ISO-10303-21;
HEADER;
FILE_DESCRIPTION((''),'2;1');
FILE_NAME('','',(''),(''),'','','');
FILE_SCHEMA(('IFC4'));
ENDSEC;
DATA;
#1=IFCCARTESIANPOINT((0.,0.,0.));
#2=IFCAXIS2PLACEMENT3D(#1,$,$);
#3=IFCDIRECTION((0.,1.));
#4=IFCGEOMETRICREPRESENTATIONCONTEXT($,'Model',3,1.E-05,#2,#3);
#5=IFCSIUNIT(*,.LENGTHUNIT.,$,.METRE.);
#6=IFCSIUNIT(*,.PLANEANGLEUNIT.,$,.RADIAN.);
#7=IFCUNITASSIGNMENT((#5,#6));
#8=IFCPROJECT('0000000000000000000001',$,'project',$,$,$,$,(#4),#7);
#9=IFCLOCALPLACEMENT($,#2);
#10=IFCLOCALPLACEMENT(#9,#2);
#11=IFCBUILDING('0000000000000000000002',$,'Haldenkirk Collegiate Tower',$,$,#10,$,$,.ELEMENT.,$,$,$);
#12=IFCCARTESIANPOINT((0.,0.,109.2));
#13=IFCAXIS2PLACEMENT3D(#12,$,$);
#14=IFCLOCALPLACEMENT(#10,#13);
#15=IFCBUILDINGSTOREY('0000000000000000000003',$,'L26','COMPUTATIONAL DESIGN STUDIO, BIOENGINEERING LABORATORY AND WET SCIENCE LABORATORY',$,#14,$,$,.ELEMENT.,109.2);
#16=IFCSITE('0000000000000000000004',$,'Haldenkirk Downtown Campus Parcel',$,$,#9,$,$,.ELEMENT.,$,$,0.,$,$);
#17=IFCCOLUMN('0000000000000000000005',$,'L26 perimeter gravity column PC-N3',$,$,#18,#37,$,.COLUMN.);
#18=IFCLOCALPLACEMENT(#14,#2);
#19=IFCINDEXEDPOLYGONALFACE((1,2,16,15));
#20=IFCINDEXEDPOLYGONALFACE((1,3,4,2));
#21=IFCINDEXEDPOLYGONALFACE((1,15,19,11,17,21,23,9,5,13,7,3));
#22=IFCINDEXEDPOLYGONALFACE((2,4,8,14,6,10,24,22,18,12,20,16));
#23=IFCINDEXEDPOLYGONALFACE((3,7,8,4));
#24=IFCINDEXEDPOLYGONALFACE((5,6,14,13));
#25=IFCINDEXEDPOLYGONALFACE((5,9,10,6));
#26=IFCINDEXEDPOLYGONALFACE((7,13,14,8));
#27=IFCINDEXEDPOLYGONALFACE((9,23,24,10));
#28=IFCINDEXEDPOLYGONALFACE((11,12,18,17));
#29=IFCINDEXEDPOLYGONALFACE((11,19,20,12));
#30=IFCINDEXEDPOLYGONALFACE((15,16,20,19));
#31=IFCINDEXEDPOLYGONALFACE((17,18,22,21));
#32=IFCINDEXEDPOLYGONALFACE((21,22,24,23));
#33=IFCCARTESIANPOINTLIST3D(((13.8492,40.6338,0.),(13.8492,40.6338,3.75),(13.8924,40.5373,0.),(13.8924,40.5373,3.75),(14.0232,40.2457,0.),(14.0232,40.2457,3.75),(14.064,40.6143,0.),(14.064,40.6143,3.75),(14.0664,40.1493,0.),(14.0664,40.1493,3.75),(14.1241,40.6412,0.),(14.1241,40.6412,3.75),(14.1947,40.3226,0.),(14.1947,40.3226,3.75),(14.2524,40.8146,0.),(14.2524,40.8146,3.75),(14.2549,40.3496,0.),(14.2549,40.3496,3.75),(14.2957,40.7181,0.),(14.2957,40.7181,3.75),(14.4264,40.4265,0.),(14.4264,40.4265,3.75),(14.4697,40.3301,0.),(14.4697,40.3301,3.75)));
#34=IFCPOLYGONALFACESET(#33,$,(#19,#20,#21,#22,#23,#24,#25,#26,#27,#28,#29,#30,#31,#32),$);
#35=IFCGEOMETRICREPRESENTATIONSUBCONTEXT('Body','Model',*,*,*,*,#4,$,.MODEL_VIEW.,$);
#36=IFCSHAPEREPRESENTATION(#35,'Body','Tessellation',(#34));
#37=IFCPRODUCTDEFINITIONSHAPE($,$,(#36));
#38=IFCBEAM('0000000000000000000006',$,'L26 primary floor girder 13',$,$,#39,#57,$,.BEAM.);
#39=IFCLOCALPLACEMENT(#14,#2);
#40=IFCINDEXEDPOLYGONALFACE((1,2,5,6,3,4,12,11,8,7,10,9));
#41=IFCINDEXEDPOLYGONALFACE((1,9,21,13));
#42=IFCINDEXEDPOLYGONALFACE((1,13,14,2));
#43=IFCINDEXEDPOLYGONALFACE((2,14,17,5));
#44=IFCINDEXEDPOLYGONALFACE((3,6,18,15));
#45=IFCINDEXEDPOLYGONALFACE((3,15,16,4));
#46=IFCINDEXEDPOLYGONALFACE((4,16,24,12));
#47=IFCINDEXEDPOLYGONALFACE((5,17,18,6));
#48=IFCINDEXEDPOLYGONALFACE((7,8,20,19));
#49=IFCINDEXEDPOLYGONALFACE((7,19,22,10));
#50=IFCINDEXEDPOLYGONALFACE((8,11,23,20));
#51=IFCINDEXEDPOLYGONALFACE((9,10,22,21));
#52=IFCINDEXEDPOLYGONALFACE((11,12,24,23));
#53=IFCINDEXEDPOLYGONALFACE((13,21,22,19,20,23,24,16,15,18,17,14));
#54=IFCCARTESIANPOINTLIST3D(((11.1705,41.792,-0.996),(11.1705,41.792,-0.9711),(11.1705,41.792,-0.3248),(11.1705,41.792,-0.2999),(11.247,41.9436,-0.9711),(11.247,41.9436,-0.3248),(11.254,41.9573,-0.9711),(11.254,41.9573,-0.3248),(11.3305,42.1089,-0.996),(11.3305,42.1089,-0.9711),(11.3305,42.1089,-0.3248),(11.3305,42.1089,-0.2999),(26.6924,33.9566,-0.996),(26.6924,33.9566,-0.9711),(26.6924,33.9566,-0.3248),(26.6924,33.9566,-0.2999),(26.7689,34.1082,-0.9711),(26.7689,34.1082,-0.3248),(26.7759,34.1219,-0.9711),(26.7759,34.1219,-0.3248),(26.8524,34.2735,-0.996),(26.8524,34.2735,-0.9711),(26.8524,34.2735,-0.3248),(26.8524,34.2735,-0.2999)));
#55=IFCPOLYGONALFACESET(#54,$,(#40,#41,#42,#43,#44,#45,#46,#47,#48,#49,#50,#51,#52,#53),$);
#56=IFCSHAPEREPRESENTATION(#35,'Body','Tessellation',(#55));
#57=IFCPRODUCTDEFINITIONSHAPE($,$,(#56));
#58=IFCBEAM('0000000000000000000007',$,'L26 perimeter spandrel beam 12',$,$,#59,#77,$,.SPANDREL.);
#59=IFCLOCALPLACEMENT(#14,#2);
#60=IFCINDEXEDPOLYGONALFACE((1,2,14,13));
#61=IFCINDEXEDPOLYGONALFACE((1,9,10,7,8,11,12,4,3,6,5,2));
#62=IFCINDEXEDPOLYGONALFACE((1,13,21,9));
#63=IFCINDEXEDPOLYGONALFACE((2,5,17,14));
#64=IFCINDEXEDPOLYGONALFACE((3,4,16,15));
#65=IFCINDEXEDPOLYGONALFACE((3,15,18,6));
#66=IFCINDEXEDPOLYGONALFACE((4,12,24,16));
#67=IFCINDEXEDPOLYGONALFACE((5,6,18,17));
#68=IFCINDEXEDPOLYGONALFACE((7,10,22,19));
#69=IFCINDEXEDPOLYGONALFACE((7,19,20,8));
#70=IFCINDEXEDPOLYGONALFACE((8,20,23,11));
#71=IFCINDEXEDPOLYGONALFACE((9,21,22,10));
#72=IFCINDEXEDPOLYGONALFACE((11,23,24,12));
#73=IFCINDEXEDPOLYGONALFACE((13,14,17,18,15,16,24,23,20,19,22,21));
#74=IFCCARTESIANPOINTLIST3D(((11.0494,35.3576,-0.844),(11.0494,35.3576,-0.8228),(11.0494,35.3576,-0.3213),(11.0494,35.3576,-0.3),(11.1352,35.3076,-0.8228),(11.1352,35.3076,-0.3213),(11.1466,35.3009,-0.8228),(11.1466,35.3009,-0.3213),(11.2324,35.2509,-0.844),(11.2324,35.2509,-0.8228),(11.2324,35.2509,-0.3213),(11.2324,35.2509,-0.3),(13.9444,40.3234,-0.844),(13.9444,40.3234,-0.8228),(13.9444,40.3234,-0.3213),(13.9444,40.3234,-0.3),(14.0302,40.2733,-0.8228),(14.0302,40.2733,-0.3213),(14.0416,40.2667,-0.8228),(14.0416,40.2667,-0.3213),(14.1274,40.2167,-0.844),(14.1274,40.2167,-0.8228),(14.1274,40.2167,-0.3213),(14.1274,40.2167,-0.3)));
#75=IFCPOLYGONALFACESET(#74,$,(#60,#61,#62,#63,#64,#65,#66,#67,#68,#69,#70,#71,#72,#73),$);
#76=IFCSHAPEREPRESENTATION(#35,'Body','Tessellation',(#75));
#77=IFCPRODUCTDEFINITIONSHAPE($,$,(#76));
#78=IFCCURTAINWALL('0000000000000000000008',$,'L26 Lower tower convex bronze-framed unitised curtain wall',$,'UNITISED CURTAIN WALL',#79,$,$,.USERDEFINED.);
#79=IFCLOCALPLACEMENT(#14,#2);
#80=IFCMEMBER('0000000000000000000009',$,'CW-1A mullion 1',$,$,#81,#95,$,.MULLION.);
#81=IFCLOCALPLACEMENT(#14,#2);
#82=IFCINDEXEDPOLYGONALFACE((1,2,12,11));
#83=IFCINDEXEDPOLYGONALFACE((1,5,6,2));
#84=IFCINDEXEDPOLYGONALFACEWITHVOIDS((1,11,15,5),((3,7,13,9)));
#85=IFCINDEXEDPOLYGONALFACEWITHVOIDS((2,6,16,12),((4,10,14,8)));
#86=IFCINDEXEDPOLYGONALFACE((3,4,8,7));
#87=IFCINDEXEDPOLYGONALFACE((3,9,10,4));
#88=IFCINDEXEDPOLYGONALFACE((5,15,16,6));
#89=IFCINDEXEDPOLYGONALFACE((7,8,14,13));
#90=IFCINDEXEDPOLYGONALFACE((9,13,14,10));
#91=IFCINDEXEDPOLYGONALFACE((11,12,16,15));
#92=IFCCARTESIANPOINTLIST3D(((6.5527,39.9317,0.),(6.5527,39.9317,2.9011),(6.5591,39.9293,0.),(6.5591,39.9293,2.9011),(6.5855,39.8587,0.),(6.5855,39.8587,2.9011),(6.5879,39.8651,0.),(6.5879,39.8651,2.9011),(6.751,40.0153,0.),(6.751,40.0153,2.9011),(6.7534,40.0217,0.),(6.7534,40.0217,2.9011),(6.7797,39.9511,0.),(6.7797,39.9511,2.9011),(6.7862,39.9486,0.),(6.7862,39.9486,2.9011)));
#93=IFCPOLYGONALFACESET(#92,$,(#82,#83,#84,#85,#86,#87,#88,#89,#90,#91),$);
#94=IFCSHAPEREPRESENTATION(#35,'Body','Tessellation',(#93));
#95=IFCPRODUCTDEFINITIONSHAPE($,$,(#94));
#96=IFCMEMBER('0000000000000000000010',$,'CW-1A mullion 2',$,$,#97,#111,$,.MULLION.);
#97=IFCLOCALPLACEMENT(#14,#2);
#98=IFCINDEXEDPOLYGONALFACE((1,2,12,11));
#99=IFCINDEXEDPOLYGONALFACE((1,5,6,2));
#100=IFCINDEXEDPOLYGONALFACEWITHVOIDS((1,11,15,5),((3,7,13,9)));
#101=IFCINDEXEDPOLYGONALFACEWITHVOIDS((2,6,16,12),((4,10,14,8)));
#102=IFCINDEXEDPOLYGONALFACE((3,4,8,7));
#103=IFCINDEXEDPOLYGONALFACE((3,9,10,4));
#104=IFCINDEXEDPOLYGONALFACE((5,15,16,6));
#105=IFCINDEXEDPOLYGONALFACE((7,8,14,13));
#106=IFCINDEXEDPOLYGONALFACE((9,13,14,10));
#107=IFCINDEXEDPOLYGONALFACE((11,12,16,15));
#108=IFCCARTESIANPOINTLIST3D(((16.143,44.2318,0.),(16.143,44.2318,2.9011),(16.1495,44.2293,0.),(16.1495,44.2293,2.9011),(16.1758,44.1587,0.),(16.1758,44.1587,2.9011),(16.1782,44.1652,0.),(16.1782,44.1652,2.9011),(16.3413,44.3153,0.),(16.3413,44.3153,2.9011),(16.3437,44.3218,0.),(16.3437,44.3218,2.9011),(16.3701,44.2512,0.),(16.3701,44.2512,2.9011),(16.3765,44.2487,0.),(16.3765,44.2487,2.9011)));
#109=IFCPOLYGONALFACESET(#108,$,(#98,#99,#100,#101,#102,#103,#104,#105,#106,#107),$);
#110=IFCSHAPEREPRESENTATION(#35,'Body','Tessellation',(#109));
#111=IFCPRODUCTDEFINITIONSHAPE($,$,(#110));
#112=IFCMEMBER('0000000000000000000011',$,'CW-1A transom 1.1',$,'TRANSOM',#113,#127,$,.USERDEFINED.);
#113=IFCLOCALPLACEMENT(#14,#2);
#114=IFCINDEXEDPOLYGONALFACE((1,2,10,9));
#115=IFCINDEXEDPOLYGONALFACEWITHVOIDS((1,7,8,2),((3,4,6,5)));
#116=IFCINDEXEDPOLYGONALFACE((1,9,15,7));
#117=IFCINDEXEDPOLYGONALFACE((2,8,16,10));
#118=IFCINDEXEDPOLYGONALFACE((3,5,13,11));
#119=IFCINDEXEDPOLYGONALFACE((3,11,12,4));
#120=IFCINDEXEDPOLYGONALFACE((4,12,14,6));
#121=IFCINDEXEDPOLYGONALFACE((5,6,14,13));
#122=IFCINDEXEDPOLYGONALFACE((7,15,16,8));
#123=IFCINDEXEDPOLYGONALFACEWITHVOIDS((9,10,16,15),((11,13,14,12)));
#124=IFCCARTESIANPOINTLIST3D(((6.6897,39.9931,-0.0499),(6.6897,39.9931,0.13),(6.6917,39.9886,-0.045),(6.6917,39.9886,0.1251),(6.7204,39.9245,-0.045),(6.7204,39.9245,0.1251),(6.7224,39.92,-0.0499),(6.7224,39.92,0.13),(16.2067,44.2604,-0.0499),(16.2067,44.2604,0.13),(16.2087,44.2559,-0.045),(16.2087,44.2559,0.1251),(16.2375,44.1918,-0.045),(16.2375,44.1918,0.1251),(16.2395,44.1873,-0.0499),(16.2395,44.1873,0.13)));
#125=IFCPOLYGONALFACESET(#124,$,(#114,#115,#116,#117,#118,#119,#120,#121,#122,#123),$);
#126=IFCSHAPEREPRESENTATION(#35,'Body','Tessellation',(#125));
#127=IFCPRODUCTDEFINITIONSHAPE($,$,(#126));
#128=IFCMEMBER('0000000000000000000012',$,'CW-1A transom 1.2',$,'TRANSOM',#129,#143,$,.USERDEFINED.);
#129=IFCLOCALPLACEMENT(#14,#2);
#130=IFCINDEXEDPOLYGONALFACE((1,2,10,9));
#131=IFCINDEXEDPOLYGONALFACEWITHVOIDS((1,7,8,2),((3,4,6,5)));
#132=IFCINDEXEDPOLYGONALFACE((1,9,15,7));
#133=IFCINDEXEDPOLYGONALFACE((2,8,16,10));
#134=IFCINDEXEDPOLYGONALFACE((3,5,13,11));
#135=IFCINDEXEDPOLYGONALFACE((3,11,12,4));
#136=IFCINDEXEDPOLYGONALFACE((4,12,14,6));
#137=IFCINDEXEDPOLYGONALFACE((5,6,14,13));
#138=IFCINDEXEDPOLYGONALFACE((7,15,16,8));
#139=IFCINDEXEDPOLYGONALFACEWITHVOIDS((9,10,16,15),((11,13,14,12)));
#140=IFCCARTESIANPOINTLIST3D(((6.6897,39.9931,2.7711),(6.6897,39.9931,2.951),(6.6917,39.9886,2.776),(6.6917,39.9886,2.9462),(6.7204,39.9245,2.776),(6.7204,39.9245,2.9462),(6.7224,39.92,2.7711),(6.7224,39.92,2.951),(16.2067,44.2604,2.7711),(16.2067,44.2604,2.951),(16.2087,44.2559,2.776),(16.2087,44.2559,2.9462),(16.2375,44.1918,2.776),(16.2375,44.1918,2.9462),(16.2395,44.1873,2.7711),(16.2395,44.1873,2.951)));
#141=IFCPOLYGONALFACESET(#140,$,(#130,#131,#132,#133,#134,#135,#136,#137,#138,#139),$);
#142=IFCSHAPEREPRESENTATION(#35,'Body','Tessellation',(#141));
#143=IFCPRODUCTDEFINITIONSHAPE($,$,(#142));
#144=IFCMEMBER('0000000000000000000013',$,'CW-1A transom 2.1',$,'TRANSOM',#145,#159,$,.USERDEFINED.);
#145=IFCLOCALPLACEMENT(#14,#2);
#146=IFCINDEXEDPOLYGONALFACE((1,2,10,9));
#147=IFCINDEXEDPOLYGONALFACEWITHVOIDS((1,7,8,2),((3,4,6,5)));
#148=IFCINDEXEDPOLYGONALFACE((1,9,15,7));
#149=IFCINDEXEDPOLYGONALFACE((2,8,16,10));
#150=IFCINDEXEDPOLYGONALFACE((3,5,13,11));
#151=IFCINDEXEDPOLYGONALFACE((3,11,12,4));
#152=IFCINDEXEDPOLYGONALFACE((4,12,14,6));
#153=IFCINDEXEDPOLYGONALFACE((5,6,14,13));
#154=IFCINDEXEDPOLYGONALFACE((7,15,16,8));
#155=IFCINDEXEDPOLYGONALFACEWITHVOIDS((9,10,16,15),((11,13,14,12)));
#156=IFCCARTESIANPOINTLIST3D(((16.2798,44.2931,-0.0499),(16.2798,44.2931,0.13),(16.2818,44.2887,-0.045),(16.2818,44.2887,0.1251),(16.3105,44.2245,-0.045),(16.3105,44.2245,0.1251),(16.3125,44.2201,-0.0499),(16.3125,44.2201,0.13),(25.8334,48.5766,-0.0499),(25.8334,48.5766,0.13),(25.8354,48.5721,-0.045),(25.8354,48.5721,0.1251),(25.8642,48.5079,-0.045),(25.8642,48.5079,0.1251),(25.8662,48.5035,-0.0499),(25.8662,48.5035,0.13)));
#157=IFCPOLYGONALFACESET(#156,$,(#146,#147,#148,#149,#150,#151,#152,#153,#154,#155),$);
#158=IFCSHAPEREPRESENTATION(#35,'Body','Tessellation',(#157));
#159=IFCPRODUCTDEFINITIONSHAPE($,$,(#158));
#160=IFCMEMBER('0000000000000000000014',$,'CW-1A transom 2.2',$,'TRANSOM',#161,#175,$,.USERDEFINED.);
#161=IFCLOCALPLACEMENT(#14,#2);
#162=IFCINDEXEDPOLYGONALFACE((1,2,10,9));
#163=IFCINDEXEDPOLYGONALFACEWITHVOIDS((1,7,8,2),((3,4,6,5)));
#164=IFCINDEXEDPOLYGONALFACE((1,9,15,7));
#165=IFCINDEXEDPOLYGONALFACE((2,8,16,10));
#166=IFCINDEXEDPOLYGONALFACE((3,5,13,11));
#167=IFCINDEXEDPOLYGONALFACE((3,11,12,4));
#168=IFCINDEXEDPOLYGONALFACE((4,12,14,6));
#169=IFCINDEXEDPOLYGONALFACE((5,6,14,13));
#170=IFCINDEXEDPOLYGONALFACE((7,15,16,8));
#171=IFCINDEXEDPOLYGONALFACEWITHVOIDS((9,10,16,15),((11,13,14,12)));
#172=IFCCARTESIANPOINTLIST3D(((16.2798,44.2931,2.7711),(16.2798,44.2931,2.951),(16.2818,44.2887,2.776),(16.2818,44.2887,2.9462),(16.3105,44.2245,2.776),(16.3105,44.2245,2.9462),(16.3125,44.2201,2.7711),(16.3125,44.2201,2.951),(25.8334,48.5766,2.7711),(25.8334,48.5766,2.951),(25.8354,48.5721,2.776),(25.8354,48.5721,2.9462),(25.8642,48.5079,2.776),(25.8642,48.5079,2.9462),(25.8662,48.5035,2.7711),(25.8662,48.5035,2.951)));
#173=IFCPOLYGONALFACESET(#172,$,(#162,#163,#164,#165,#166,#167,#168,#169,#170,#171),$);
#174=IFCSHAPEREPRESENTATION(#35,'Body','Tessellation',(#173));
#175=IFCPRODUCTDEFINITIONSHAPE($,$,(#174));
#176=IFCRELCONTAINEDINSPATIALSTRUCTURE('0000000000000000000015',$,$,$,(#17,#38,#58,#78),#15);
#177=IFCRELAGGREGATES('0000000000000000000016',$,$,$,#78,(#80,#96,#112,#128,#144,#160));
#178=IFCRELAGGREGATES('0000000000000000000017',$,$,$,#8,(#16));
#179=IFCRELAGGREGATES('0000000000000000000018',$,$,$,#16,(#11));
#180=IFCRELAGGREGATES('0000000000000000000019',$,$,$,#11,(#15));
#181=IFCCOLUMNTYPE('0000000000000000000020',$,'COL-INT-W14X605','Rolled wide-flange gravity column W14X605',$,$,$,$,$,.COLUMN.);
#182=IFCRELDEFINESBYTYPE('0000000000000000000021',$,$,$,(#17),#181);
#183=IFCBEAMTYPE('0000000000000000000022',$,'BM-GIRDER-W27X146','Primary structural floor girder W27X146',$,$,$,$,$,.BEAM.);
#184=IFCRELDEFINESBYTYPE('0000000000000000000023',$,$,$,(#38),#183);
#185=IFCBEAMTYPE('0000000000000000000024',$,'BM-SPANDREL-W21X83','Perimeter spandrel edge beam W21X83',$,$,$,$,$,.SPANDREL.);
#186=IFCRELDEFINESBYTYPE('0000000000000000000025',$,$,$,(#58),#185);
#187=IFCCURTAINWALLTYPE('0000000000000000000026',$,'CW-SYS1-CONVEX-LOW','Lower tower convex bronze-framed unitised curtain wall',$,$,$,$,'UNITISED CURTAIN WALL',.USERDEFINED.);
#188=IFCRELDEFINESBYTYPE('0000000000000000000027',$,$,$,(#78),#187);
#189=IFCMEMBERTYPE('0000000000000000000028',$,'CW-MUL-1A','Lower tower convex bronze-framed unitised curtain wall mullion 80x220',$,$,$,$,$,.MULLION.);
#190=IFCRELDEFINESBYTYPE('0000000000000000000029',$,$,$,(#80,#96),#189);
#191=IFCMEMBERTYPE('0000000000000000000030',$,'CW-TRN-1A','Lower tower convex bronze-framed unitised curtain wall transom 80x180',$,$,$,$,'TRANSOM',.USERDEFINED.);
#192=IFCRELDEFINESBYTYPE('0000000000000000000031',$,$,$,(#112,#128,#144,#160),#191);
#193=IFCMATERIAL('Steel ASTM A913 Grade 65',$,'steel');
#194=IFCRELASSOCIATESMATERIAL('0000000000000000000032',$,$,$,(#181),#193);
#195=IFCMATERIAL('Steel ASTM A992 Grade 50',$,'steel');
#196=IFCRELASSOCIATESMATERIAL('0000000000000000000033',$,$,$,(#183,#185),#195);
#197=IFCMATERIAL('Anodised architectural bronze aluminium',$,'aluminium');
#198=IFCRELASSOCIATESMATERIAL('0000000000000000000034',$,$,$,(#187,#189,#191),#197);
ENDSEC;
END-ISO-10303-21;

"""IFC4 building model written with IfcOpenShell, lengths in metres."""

from ifc_helpers import new_model, si_unit, direction, frame, origin, origin_2d, place, context, subcontext, project, spatial, hollow_rectangle, i_section, extrude, material, material_profile, profile_set, type_object, element, aggregate, save


model = new_model("IFC4")

# Units and contexts
model_context = context("Model", 3, precision=1e-05, world=origin(), true_north=direction((0.0, 1.0)))
body_context = subcontext(model_context, "Body", "Model", "MODEL_VIEW")
ifc_project = project(units=[si_unit("LENGTHUNIT", "METRE"), si_unit("PLANEANGLEUNIT", "RADIAN")], contexts=[model_context])

# Site, building, storey
site_placement = place(None, origin())
site = spatial("IfcSite", under=ifc_project, at=site_placement, Name="Haldenkirk Downtown Campus Parcel", CompositionType="ELEMENT", RefElevation=0.0)
building_placement = place(site_placement, origin())
building = spatial("IfcBuilding", under=site, at=building_placement, Name="Haldenkirk Collegiate Tower", CompositionType="ELEMENT")
storey_placement = place(building_placement, frame((0.0, 0.0, 109.2)))
storey = spatial("IfcBuildingStorey", under=building, at=storey_placement, Name="L26", Description="COMPUTATIONAL DESIGN STUDIO, BIOENGINEERING LABORATORY AND WET SCIENCE LABORATORY", CompositionType="ELEMENT", Elevation=109.2)

# Column
ifc_material_1 = material(Name="Steel ASTM A913 Grade 65", Category="steel")
ifc_material_profile_1 = material_profile(ifc_material_1, i_section(OverallWidth=0.4419, OverallDepth=0.531, WebThickness=0.0659, FlangeThickness=0.1057, at=origin_2d()), Name="W14X605")
ifc_profile_set_1 = profile_set([ifc_material_profile_1], Name="Steel ASTM A913 Grade 65")
column_type = type_object("IfcColumnType", Name="COL-INT-W14X605", Description="Rolled wide-flange gravity column W14X605", PredefinedType="COLUMN", material=ifc_profile_set_1)
column_placement = place(storey_placement, frame((14.1594, 40.4819, 0.0), z_axis=(0.0, 0.0, 1.0), x_axis=(0.912477, 0.409127, 0.0)))
element("IfcColumn", 1, at=column_placement, inside=storey, type_object=column_type, Name="L26 perimeter gravity column PC-N3", PredefinedType="COLUMN", context=body_context, shape_type="SweptSolid", body=[
    extrude(i_section(OverallWidth=0.4419, OverallDepth=0.531, WebThickness=0.0659, FlangeThickness=0.1057, at=origin_2d()), origin(), (0.0, 0.0, 1.0), 3.75),
])

# Beams
ifc_material_2 = material(Name="Steel ASTM A992 Grade 50", Category="steel")
ifc_material_profile_2 = material_profile(ifc_material_2, i_section(OverallWidth=0.355, OverallDepth=0.696, WebThickness=0.0154, FlangeThickness=0.0249, at=origin_2d()), Name="W27X146")
ifc_profile_set_2 = profile_set([ifc_material_profile_2], Name="Steel ASTM A992 Grade 50")
beam_type_1 = type_object("IfcBeamType", Name="BM-GIRDER-W27X146", Description="Primary structural floor girder W27X146", PredefinedType="BEAM", material=ifc_profile_set_2)
beam_1_placement = place(storey_placement, frame((11.2505, 41.9504, -0.6479), z_axis=(0.892708, -0.450636, 0.0), x_axis=(0.450636, 0.892708, 0.0)))
element("IfcBeam", 2, at=beam_1_placement, inside=storey, type_object=beam_type_1, Name="L26 primary floor girder 13", PredefinedType="BEAM", context=body_context, shape_type="SweptSolid", body=[
    extrude(i_section(OverallWidth=0.355, OverallDepth=0.696, WebThickness=0.0154, FlangeThickness=0.0249, at=origin_2d()), origin(), (0.0, 0.0, 1.0), 17.3875),
])
ifc_material_profile_3 = material_profile(ifc_material_2, i_section(OverallWidth=0.2119, OverallDepth=0.5439, WebThickness=0.0132, FlangeThickness=0.0212, at=origin_2d()), Name="W21X83")
ifc_profile_set_3 = profile_set([ifc_material_profile_3], Name="Steel ASTM A992 Grade 50")
beam_type_2 = type_object("IfcBeamType", Name="BM-SPANDREL-W21X83", Description="Perimeter spandrel edge beam W21X83", PredefinedType="SPANDREL", material=ifc_profile_set_3)
beam_2_placement = place(storey_placement, frame((14.0359, 40.27, -0.572), z_axis=(-0.503649, -0.863908, 0.0), x_axis=(0.863908, -0.503649, 0.0)))
element("IfcBeam", 3, at=beam_2_placement, inside=storey, type_object=beam_type_2, Name="L26 perimeter spandrel beam 12", PredefinedType="SPANDREL", context=body_context, shape_type="SweptSolid", body=[
    extrude(i_section(OverallWidth=0.2119, OverallDepth=0.5439, WebThickness=0.0132, FlangeThickness=0.0212, at=origin_2d()), origin(), (0.0, 0.0, 1.0), 5.748),
])

# Curtain wall, members
ifc_material_3 = material(Name="Anodised architectural bronze aluminium", Category="aluminium")
curtain_wall_type = type_object("IfcCurtainWallType", Name="CW-SYS1-CONVEX-LOW", Description="Lower tower convex bronze-framed unitised curtain wall", ElementType="UNITISED CURTAIN WALL", PredefinedType="USERDEFINED", material=ifc_material_3)
curtain_wall_placement = place(storey_placement, origin())
curtain_wall = element("IfcCurtainWall", 4, at=curtain_wall_placement, inside=storey, type_object=curtain_wall_type, Name="L26 Lower tower convex bronze-framed unitised curtain wall", ObjectType="UNITISED CURTAIN WALL", PredefinedType="USERDEFINED")
ifc_material_profile_4 = material_profile(ifc_material_3, hollow_rectangle(XDim=0.0801, YDim=0.22, WallThickness=0.0049, at=origin_2d()), Name="CW-MUL-1A")
ifc_profile_set_4 = profile_set([ifc_material_profile_4], Name="Anodised architectural bronze aluminium")
member_type_1 = type_object("IfcMemberType", Name="CW-MUL-1A", Description="Lower tower convex bronze-framed unitised curtain wall mullion 80x220", PredefinedType="MULLION", material=ifc_profile_set_4)
member_1_placement = place(storey_placement, frame((6.6694, 39.9402, 0.0), z_axis=(0.0, 0.0, 1.0), x_axis=(-0.409127, 0.912477, 0.0)))
member_1 = element("IfcMember", 5, at=member_1_placement, type_object=member_type_1, Name="CW-1A mullion 1", PredefinedType="MULLION", context=body_context, shape_type="SweptSolid", body=[
    extrude(hollow_rectangle(XDim=0.0801, YDim=0.22, WallThickness=0.0049, at=origin_2d()), origin(), (0.0, 0.0, 1.0), 2.9011),
])
member_2_placement = place(storey_placement, frame((16.2598, 44.2402, 0.0), z_axis=(0.0, 0.0, 1.0), x_axis=(-0.409127, 0.912477, 0.0)))
member_2 = element("IfcMember", 6, at=member_2_placement, type_object=member_type_1, Name="CW-1A mullion 2", PredefinedType="MULLION", context=body_context, shape_type="SweptSolid", body=[
    extrude(hollow_rectangle(XDim=0.0801, YDim=0.22, WallThickness=0.0049, at=origin_2d()), origin(), (0.0, 0.0, 1.0), 2.9011),
])
ifc_material_profile_5 = material_profile(ifc_material_3, hollow_rectangle(XDim=0.0801, YDim=0.1799, WallThickness=0.0049, at=origin_2d()), Name="CW-TRN-1A")
ifc_profile_set_5 = profile_set([ifc_material_profile_5], Name="Anodised architectural bronze aluminium")
member_type_2 = type_object("IfcMemberType", Name="CW-TRN-1A", Description="Lower tower convex bronze-framed unitised curtain wall transom 80x180", ElementType="TRANSOM", PredefinedType="USERDEFINED", material=ifc_profile_set_5)
member_3_placement = place(storey_placement, frame((6.7061, 39.9565, 0.04), z_axis=(0.912472, 0.40914, 0.0), x_axis=(-0.40914, 0.912472, 0.0)))
member_3 = element("IfcMember", 7, at=member_3_placement, type_object=member_type_2, Name="CW-1A transom 1.1", ObjectType="TRANSOM", PredefinedType="USERDEFINED", context=body_context, shape_type="SweptSolid", body=[
    extrude(hollow_rectangle(XDim=0.0801, YDim=0.1799, WallThickness=0.0049, at=origin_2d()), origin(), (0.0, 0.0, 1.0), 10.4299),
])
member_4_placement = place(storey_placement, frame((6.7061, 39.9565, 2.8611), z_axis=(0.912472, 0.40914, 0.0), x_axis=(-0.40914, 0.912472, 0.0)))
member_4 = element("IfcMember", 8, at=member_4_placement, type_object=member_type_2, Name="CW-1A transom 1.2", ObjectType="TRANSOM", PredefinedType="USERDEFINED", context=body_context, shape_type="SweptSolid", body=[
    extrude(hollow_rectangle(XDim=0.0801, YDim=0.1799, WallThickness=0.0049, at=origin_2d()), origin(), (0.0, 0.0, 1.0), 10.4299),
])
member_5_placement = place(storey_placement, frame((16.2961, 44.2566, 0.04), z_axis=(0.912483, 0.409115, 0.0), x_axis=(-0.409115, 0.912483, 0.0)))
member_5 = element("IfcMember", 9, at=member_5_placement, type_object=member_type_2, Name="CW-1A transom 2.1", ObjectType="TRANSOM", PredefinedType="USERDEFINED", context=body_context, shape_type="SweptSolid", body=[
    extrude(hollow_rectangle(XDim=0.0801, YDim=0.1799, WallThickness=0.0049, at=origin_2d()), origin(), (0.0, 0.0, 1.0), 10.47),
])
member_6_placement = place(storey_placement, frame((16.2961, 44.2566, 2.8611), z_axis=(0.912483, 0.409115, 0.0), x_axis=(-0.409115, 0.912483, 0.0)))
member_6 = element("IfcMember", 10, at=member_6_placement, type_object=member_type_2, Name="CW-1A transom 2.2", ObjectType="TRANSOM", PredefinedType="USERDEFINED", context=body_context, shape_type="SweptSolid", body=[
    extrude(hollow_rectangle(XDim=0.0801, YDim=0.1799, WallThickness=0.0049, at=origin_2d()), origin(), (0.0, 0.0, 1.0), 10.47),
])

aggregate(curtain_wall, [member_1, member_2, member_3, member_4, member_5, member_6])

save(model, "model.ifc")
